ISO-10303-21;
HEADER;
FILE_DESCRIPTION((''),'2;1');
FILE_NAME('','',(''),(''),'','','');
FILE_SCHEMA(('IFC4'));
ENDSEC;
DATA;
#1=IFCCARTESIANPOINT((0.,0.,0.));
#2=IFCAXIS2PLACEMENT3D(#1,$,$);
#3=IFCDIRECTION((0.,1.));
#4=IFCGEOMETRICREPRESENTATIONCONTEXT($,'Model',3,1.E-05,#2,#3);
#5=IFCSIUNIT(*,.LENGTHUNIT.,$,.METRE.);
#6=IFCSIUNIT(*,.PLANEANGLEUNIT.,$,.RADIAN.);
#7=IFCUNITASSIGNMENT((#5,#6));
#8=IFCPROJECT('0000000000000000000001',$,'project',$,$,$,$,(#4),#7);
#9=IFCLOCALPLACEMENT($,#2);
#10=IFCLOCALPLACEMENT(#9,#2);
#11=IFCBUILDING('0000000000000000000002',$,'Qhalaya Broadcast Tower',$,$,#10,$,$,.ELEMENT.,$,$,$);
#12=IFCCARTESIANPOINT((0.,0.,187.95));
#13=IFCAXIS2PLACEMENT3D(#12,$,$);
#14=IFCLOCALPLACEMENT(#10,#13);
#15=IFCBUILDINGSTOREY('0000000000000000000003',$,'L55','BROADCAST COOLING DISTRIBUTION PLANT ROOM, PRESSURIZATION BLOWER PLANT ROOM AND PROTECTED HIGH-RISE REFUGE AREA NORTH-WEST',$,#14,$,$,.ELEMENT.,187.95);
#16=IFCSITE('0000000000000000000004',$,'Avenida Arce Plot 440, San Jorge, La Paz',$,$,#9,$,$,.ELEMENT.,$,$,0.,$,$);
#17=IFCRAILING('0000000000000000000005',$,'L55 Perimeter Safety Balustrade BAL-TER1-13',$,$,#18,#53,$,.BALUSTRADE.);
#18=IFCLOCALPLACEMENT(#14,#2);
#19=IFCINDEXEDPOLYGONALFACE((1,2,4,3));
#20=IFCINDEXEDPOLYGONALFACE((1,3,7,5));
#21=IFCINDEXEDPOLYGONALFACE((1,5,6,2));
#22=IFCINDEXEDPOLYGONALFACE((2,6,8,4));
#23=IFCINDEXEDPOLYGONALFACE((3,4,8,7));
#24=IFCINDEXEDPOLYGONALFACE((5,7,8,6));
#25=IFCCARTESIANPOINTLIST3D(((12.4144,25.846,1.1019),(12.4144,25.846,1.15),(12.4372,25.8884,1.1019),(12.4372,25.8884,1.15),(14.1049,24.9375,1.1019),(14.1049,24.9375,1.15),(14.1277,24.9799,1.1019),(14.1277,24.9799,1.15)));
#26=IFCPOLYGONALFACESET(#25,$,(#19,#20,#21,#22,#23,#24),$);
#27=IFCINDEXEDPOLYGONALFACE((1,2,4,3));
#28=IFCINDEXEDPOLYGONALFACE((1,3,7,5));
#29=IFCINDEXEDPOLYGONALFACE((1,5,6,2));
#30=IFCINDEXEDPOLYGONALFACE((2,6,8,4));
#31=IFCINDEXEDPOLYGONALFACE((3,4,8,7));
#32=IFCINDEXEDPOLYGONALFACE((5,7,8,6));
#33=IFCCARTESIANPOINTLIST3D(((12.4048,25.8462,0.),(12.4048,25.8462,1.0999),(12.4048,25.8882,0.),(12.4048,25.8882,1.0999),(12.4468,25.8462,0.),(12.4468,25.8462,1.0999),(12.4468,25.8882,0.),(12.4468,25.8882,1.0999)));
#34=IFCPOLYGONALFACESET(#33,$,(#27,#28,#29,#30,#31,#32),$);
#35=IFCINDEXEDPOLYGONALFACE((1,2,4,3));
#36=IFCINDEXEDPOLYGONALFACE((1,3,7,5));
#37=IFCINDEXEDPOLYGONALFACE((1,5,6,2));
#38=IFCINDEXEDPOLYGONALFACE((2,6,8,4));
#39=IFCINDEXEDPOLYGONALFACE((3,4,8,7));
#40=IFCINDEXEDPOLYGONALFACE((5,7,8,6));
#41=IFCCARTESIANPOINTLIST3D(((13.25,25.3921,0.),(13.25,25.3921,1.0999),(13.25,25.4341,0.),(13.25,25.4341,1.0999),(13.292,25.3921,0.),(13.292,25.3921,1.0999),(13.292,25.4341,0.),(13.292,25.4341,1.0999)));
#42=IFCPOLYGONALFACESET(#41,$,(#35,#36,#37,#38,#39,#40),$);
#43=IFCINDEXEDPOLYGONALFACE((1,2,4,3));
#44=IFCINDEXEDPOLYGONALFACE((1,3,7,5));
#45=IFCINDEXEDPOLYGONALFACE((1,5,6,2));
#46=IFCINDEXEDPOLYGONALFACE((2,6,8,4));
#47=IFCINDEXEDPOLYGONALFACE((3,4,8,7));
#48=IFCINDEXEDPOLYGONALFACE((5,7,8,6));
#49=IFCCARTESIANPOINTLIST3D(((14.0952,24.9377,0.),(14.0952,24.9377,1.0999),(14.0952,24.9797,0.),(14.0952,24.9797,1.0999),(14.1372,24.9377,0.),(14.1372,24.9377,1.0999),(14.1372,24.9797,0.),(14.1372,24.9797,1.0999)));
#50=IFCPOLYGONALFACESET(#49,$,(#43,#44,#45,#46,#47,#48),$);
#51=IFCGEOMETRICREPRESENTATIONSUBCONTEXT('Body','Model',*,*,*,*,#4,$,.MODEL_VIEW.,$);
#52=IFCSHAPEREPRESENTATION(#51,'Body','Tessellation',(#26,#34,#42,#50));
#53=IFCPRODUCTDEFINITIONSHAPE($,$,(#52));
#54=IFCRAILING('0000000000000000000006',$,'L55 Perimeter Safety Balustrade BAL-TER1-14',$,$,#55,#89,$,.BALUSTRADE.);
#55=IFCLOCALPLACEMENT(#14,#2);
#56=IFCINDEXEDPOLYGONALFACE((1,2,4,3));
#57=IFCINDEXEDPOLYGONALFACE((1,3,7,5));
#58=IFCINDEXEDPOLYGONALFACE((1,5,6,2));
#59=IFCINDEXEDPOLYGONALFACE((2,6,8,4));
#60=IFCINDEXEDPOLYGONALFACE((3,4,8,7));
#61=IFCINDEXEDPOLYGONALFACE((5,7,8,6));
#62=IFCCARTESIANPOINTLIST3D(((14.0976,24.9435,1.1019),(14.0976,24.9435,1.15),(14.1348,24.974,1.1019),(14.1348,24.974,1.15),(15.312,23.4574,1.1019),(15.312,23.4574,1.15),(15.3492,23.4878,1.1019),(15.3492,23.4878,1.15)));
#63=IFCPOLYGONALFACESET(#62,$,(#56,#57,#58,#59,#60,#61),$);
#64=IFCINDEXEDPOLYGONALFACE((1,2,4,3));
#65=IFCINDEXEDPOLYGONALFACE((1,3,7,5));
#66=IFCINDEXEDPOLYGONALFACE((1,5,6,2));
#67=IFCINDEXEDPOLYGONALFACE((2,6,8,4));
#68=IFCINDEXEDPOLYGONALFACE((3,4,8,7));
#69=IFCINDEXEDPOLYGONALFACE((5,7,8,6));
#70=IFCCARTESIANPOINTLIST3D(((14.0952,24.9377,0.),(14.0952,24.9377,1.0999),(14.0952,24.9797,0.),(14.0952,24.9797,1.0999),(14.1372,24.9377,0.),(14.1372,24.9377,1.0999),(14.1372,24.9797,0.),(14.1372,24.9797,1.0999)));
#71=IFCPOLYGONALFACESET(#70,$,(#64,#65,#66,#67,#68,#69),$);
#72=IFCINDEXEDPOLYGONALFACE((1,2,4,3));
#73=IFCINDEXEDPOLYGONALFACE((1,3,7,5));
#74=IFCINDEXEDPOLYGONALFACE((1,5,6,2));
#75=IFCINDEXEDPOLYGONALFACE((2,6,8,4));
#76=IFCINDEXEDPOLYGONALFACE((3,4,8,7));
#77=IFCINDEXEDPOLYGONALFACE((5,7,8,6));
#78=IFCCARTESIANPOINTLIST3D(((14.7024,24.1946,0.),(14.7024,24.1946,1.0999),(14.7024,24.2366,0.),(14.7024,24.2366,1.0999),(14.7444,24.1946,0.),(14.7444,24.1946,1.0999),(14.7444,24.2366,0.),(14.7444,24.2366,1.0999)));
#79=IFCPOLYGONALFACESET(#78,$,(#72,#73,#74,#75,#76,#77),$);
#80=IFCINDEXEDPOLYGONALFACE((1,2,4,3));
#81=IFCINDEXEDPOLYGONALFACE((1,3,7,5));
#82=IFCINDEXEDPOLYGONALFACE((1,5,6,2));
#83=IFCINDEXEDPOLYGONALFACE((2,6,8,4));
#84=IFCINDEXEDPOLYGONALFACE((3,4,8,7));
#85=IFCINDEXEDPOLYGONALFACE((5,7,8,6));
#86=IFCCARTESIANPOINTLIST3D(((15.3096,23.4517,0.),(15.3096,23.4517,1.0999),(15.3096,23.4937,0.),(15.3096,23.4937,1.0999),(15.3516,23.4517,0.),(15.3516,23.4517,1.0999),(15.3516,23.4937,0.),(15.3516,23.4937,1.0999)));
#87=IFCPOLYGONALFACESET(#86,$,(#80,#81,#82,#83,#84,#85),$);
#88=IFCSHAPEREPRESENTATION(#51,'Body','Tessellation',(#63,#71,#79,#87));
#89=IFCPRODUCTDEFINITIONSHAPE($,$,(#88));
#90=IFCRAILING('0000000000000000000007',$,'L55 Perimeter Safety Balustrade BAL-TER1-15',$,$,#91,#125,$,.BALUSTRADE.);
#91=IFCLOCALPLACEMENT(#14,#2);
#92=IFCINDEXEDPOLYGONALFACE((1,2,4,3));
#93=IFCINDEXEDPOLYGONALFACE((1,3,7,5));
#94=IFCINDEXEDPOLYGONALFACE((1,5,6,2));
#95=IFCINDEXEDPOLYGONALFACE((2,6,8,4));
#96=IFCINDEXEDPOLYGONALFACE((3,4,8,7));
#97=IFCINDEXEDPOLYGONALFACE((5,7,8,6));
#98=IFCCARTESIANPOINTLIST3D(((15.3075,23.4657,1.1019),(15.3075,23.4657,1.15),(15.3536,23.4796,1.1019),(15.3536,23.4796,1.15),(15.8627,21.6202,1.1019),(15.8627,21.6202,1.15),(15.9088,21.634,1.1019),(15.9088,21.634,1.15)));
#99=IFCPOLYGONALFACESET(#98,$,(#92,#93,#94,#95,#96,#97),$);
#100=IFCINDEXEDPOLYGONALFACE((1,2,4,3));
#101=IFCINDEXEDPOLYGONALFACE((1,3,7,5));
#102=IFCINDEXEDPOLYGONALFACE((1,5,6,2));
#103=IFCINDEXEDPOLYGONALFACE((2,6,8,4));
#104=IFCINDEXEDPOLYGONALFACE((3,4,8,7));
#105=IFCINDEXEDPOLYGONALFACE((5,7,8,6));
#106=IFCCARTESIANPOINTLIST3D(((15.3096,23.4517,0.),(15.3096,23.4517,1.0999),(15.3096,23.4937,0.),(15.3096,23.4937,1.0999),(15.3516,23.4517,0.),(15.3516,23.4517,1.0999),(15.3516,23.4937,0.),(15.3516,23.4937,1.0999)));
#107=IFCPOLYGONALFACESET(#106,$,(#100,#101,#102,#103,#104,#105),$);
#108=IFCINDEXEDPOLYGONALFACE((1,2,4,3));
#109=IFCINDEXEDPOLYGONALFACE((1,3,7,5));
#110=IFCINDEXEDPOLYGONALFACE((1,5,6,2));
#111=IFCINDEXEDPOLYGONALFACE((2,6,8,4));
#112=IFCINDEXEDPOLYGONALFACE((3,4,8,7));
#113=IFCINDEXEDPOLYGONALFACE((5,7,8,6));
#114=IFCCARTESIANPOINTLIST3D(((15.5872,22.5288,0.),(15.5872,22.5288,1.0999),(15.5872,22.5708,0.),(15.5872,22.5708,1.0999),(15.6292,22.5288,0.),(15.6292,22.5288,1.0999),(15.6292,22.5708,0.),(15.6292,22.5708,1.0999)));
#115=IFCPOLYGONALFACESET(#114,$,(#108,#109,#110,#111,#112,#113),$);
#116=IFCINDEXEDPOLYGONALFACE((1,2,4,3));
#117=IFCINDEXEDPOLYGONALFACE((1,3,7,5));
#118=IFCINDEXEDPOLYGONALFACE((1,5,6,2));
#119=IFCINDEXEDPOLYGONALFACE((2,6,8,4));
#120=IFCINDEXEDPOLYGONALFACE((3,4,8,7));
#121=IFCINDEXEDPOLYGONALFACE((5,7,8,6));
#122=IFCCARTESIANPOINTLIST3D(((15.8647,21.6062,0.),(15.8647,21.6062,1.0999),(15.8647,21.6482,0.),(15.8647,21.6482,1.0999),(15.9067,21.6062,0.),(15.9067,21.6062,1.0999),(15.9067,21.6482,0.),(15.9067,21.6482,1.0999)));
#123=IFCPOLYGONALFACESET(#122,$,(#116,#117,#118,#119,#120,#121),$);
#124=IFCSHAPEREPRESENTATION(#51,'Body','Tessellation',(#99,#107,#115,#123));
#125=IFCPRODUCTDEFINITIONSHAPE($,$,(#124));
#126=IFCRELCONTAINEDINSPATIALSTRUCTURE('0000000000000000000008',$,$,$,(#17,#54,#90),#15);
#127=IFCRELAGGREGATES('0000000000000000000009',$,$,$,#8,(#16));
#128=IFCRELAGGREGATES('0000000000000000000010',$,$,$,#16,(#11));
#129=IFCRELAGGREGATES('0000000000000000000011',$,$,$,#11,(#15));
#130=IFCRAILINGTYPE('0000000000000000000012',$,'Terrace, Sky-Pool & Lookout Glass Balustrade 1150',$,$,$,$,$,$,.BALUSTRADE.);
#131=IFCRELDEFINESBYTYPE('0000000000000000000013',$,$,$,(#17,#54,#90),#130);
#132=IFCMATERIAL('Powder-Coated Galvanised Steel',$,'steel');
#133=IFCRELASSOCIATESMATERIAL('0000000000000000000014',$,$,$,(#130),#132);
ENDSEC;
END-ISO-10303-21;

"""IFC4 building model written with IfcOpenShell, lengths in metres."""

from ifc_helpers import new_model, si_unit, direction, frame, origin, origin_2d, place, context, subcontext, project, spatial, rectangle, extrude, material, type_object, element, save


model = new_model("IFC4")

# Units and contexts
model_context = context("Model", 3, precision=1e-05, world=origin(), true_north=direction((0.0, 1.0)))
body_context = subcontext(model_context, "Body", "Model", "MODEL_VIEW")
ifc_project = project(units=[si_unit("LENGTHUNIT", "METRE"), si_unit("PLANEANGLEUNIT", "RADIAN")], contexts=[model_context])

# Site, building, storey
site_placement = place(None, origin())
site = spatial("IfcSite", under=ifc_project, at=site_placement, Name="Avenida Arce Plot 440, San Jorge, La Paz", CompositionType="ELEMENT", RefElevation=0.0)
building_placement = place(site_placement, origin())
building = spatial("IfcBuilding", under=site, at=building_placement, Name="Qhalaya Broadcast Tower", CompositionType="ELEMENT")
storey_placement = place(building_placement, frame((0.0, 0.0, 187.95)))
storey = spatial("IfcBuildingStorey", under=building, at=storey_placement, Name="L55", Description="BROADCAST COOLING DISTRIBUTION PLANT ROOM, PRESSURIZATION BLOWER PLANT ROOM AND PROTECTED HIGH-RISE REFUGE AREA NORTH-WEST", CompositionType="ELEMENT", Elevation=187.95)

# Railings
ifc_material_1 = material(Name="Powder-Coated Galvanised Steel", Category="steel")
railing_type = type_object("IfcRailingType", Name="Terrace, Sky-Pool & Lookout Glass Balustrade 1150", PredefinedType="BALUSTRADE", material=ifc_material_1)
railing_1_placement = place(storey_placement, frame((12.4258, 25.8672, 0.0)))
element("IfcRailing", 1, at=railing_1_placement, inside=storey, type_object=railing_type, Name="L55 Perimeter Safety Balustrade BAL-TER1-13", PredefinedType="BALUSTRADE", context=body_context, shape_type="SweptSolid", body=[
    extrude(rectangle(XDim=0.0481, YDim=0.0481, at=origin_2d()), frame((0.0, 0.0, 1.126), z_axis=(0.880859, -0.473379, 0.0), x_axis=(0.473379, 0.880859, 0.0)), (0.0, 0.0, 1.0), 1.9192),
    extrude(rectangle(XDim=0.042, YDim=0.042, at=origin_2d()), origin(), (0.0, 0.0, 1.0), 1.0999),
    extrude(rectangle(XDim=0.042, YDim=0.042, at=origin_2d()), frame((0.8452, -0.4541, 0.0)), (0.0, 0.0, 1.0), 1.0999),
    extrude(rectangle(XDim=0.042, YDim=0.042, at=origin_2d()), frame((1.6904, -0.9084, 0.0)), (0.0, 0.0, 1.0), 1.0999),
])
railing_2_placement = place(storey_placement, frame((14.1162, 24.9587, 0.0)))
element("IfcRailing", 2, at=railing_2_placement, inside=storey, type_object=railing_type, Name="L55 Perimeter Safety Balustrade BAL-TER1-14", PredefinedType="BALUSTRADE", context=body_context, shape_type="SweptSolid", body=[
    extrude(rectangle(XDim=0.0481, YDim=0.0481, at=origin_2d()), frame((0.0, 0.0, 1.126), z_axis=(0.63276, -0.774348, 0.0), x_axis=(0.774348, 0.63276, 0.0)), (0.0, 0.0, 1.0), 1.9192),
    extrude(rectangle(XDim=0.042, YDim=0.042, at=origin_2d()), origin(), (0.0, 0.0, 1.0), 1.0999),
    extrude(rectangle(XDim=0.042, YDim=0.042, at=origin_2d()), frame((0.6072, -0.7432, 0.0)), (0.0, 0.0, 1.0), 1.0999),
    extrude(rectangle(XDim=0.042, YDim=0.042, at=origin_2d()), frame((1.2144, -1.4861, 0.0)), (0.0, 0.0, 1.0), 1.0999),
])
railing_3_placement = place(storey_placement, frame((15.3306, 23.4727, 0.0)))
element("IfcRailing", 3, at=railing_3_placement, inside=storey, type_object=railing_type, Name="L55 Perimeter Safety Balustrade BAL-TER1-15", PredefinedType="BALUSTRADE", context=body_context, shape_type="SweptSolid", body=[
    extrude(rectangle(XDim=0.0481, YDim=0.0481, at=origin_2d()), frame((0.0, 0.0, 1.126), z_axis=(0.28808, -0.957606, 0.0), x_axis=(0.957606, 0.28808, 0.0)), (0.0, 0.0, 1.0), 1.9272),
    extrude(rectangle(XDim=0.042, YDim=0.042, at=origin_2d()), origin(), (0.0, 0.0, 1.0), 1.0999),
    extrude(rectangle(XDim=0.042, YDim=0.042, at=origin_2d()), frame((0.2776, -0.9229, 0.0)), (0.0, 0.0, 1.0), 1.0999),
    extrude(rectangle(XDim=0.042, YDim=0.042, at=origin_2d()), frame((0.5552, -1.8455, 0.0)), (0.0, 0.0, 1.0), 1.0999),
])

save(model, "model.ifc")
